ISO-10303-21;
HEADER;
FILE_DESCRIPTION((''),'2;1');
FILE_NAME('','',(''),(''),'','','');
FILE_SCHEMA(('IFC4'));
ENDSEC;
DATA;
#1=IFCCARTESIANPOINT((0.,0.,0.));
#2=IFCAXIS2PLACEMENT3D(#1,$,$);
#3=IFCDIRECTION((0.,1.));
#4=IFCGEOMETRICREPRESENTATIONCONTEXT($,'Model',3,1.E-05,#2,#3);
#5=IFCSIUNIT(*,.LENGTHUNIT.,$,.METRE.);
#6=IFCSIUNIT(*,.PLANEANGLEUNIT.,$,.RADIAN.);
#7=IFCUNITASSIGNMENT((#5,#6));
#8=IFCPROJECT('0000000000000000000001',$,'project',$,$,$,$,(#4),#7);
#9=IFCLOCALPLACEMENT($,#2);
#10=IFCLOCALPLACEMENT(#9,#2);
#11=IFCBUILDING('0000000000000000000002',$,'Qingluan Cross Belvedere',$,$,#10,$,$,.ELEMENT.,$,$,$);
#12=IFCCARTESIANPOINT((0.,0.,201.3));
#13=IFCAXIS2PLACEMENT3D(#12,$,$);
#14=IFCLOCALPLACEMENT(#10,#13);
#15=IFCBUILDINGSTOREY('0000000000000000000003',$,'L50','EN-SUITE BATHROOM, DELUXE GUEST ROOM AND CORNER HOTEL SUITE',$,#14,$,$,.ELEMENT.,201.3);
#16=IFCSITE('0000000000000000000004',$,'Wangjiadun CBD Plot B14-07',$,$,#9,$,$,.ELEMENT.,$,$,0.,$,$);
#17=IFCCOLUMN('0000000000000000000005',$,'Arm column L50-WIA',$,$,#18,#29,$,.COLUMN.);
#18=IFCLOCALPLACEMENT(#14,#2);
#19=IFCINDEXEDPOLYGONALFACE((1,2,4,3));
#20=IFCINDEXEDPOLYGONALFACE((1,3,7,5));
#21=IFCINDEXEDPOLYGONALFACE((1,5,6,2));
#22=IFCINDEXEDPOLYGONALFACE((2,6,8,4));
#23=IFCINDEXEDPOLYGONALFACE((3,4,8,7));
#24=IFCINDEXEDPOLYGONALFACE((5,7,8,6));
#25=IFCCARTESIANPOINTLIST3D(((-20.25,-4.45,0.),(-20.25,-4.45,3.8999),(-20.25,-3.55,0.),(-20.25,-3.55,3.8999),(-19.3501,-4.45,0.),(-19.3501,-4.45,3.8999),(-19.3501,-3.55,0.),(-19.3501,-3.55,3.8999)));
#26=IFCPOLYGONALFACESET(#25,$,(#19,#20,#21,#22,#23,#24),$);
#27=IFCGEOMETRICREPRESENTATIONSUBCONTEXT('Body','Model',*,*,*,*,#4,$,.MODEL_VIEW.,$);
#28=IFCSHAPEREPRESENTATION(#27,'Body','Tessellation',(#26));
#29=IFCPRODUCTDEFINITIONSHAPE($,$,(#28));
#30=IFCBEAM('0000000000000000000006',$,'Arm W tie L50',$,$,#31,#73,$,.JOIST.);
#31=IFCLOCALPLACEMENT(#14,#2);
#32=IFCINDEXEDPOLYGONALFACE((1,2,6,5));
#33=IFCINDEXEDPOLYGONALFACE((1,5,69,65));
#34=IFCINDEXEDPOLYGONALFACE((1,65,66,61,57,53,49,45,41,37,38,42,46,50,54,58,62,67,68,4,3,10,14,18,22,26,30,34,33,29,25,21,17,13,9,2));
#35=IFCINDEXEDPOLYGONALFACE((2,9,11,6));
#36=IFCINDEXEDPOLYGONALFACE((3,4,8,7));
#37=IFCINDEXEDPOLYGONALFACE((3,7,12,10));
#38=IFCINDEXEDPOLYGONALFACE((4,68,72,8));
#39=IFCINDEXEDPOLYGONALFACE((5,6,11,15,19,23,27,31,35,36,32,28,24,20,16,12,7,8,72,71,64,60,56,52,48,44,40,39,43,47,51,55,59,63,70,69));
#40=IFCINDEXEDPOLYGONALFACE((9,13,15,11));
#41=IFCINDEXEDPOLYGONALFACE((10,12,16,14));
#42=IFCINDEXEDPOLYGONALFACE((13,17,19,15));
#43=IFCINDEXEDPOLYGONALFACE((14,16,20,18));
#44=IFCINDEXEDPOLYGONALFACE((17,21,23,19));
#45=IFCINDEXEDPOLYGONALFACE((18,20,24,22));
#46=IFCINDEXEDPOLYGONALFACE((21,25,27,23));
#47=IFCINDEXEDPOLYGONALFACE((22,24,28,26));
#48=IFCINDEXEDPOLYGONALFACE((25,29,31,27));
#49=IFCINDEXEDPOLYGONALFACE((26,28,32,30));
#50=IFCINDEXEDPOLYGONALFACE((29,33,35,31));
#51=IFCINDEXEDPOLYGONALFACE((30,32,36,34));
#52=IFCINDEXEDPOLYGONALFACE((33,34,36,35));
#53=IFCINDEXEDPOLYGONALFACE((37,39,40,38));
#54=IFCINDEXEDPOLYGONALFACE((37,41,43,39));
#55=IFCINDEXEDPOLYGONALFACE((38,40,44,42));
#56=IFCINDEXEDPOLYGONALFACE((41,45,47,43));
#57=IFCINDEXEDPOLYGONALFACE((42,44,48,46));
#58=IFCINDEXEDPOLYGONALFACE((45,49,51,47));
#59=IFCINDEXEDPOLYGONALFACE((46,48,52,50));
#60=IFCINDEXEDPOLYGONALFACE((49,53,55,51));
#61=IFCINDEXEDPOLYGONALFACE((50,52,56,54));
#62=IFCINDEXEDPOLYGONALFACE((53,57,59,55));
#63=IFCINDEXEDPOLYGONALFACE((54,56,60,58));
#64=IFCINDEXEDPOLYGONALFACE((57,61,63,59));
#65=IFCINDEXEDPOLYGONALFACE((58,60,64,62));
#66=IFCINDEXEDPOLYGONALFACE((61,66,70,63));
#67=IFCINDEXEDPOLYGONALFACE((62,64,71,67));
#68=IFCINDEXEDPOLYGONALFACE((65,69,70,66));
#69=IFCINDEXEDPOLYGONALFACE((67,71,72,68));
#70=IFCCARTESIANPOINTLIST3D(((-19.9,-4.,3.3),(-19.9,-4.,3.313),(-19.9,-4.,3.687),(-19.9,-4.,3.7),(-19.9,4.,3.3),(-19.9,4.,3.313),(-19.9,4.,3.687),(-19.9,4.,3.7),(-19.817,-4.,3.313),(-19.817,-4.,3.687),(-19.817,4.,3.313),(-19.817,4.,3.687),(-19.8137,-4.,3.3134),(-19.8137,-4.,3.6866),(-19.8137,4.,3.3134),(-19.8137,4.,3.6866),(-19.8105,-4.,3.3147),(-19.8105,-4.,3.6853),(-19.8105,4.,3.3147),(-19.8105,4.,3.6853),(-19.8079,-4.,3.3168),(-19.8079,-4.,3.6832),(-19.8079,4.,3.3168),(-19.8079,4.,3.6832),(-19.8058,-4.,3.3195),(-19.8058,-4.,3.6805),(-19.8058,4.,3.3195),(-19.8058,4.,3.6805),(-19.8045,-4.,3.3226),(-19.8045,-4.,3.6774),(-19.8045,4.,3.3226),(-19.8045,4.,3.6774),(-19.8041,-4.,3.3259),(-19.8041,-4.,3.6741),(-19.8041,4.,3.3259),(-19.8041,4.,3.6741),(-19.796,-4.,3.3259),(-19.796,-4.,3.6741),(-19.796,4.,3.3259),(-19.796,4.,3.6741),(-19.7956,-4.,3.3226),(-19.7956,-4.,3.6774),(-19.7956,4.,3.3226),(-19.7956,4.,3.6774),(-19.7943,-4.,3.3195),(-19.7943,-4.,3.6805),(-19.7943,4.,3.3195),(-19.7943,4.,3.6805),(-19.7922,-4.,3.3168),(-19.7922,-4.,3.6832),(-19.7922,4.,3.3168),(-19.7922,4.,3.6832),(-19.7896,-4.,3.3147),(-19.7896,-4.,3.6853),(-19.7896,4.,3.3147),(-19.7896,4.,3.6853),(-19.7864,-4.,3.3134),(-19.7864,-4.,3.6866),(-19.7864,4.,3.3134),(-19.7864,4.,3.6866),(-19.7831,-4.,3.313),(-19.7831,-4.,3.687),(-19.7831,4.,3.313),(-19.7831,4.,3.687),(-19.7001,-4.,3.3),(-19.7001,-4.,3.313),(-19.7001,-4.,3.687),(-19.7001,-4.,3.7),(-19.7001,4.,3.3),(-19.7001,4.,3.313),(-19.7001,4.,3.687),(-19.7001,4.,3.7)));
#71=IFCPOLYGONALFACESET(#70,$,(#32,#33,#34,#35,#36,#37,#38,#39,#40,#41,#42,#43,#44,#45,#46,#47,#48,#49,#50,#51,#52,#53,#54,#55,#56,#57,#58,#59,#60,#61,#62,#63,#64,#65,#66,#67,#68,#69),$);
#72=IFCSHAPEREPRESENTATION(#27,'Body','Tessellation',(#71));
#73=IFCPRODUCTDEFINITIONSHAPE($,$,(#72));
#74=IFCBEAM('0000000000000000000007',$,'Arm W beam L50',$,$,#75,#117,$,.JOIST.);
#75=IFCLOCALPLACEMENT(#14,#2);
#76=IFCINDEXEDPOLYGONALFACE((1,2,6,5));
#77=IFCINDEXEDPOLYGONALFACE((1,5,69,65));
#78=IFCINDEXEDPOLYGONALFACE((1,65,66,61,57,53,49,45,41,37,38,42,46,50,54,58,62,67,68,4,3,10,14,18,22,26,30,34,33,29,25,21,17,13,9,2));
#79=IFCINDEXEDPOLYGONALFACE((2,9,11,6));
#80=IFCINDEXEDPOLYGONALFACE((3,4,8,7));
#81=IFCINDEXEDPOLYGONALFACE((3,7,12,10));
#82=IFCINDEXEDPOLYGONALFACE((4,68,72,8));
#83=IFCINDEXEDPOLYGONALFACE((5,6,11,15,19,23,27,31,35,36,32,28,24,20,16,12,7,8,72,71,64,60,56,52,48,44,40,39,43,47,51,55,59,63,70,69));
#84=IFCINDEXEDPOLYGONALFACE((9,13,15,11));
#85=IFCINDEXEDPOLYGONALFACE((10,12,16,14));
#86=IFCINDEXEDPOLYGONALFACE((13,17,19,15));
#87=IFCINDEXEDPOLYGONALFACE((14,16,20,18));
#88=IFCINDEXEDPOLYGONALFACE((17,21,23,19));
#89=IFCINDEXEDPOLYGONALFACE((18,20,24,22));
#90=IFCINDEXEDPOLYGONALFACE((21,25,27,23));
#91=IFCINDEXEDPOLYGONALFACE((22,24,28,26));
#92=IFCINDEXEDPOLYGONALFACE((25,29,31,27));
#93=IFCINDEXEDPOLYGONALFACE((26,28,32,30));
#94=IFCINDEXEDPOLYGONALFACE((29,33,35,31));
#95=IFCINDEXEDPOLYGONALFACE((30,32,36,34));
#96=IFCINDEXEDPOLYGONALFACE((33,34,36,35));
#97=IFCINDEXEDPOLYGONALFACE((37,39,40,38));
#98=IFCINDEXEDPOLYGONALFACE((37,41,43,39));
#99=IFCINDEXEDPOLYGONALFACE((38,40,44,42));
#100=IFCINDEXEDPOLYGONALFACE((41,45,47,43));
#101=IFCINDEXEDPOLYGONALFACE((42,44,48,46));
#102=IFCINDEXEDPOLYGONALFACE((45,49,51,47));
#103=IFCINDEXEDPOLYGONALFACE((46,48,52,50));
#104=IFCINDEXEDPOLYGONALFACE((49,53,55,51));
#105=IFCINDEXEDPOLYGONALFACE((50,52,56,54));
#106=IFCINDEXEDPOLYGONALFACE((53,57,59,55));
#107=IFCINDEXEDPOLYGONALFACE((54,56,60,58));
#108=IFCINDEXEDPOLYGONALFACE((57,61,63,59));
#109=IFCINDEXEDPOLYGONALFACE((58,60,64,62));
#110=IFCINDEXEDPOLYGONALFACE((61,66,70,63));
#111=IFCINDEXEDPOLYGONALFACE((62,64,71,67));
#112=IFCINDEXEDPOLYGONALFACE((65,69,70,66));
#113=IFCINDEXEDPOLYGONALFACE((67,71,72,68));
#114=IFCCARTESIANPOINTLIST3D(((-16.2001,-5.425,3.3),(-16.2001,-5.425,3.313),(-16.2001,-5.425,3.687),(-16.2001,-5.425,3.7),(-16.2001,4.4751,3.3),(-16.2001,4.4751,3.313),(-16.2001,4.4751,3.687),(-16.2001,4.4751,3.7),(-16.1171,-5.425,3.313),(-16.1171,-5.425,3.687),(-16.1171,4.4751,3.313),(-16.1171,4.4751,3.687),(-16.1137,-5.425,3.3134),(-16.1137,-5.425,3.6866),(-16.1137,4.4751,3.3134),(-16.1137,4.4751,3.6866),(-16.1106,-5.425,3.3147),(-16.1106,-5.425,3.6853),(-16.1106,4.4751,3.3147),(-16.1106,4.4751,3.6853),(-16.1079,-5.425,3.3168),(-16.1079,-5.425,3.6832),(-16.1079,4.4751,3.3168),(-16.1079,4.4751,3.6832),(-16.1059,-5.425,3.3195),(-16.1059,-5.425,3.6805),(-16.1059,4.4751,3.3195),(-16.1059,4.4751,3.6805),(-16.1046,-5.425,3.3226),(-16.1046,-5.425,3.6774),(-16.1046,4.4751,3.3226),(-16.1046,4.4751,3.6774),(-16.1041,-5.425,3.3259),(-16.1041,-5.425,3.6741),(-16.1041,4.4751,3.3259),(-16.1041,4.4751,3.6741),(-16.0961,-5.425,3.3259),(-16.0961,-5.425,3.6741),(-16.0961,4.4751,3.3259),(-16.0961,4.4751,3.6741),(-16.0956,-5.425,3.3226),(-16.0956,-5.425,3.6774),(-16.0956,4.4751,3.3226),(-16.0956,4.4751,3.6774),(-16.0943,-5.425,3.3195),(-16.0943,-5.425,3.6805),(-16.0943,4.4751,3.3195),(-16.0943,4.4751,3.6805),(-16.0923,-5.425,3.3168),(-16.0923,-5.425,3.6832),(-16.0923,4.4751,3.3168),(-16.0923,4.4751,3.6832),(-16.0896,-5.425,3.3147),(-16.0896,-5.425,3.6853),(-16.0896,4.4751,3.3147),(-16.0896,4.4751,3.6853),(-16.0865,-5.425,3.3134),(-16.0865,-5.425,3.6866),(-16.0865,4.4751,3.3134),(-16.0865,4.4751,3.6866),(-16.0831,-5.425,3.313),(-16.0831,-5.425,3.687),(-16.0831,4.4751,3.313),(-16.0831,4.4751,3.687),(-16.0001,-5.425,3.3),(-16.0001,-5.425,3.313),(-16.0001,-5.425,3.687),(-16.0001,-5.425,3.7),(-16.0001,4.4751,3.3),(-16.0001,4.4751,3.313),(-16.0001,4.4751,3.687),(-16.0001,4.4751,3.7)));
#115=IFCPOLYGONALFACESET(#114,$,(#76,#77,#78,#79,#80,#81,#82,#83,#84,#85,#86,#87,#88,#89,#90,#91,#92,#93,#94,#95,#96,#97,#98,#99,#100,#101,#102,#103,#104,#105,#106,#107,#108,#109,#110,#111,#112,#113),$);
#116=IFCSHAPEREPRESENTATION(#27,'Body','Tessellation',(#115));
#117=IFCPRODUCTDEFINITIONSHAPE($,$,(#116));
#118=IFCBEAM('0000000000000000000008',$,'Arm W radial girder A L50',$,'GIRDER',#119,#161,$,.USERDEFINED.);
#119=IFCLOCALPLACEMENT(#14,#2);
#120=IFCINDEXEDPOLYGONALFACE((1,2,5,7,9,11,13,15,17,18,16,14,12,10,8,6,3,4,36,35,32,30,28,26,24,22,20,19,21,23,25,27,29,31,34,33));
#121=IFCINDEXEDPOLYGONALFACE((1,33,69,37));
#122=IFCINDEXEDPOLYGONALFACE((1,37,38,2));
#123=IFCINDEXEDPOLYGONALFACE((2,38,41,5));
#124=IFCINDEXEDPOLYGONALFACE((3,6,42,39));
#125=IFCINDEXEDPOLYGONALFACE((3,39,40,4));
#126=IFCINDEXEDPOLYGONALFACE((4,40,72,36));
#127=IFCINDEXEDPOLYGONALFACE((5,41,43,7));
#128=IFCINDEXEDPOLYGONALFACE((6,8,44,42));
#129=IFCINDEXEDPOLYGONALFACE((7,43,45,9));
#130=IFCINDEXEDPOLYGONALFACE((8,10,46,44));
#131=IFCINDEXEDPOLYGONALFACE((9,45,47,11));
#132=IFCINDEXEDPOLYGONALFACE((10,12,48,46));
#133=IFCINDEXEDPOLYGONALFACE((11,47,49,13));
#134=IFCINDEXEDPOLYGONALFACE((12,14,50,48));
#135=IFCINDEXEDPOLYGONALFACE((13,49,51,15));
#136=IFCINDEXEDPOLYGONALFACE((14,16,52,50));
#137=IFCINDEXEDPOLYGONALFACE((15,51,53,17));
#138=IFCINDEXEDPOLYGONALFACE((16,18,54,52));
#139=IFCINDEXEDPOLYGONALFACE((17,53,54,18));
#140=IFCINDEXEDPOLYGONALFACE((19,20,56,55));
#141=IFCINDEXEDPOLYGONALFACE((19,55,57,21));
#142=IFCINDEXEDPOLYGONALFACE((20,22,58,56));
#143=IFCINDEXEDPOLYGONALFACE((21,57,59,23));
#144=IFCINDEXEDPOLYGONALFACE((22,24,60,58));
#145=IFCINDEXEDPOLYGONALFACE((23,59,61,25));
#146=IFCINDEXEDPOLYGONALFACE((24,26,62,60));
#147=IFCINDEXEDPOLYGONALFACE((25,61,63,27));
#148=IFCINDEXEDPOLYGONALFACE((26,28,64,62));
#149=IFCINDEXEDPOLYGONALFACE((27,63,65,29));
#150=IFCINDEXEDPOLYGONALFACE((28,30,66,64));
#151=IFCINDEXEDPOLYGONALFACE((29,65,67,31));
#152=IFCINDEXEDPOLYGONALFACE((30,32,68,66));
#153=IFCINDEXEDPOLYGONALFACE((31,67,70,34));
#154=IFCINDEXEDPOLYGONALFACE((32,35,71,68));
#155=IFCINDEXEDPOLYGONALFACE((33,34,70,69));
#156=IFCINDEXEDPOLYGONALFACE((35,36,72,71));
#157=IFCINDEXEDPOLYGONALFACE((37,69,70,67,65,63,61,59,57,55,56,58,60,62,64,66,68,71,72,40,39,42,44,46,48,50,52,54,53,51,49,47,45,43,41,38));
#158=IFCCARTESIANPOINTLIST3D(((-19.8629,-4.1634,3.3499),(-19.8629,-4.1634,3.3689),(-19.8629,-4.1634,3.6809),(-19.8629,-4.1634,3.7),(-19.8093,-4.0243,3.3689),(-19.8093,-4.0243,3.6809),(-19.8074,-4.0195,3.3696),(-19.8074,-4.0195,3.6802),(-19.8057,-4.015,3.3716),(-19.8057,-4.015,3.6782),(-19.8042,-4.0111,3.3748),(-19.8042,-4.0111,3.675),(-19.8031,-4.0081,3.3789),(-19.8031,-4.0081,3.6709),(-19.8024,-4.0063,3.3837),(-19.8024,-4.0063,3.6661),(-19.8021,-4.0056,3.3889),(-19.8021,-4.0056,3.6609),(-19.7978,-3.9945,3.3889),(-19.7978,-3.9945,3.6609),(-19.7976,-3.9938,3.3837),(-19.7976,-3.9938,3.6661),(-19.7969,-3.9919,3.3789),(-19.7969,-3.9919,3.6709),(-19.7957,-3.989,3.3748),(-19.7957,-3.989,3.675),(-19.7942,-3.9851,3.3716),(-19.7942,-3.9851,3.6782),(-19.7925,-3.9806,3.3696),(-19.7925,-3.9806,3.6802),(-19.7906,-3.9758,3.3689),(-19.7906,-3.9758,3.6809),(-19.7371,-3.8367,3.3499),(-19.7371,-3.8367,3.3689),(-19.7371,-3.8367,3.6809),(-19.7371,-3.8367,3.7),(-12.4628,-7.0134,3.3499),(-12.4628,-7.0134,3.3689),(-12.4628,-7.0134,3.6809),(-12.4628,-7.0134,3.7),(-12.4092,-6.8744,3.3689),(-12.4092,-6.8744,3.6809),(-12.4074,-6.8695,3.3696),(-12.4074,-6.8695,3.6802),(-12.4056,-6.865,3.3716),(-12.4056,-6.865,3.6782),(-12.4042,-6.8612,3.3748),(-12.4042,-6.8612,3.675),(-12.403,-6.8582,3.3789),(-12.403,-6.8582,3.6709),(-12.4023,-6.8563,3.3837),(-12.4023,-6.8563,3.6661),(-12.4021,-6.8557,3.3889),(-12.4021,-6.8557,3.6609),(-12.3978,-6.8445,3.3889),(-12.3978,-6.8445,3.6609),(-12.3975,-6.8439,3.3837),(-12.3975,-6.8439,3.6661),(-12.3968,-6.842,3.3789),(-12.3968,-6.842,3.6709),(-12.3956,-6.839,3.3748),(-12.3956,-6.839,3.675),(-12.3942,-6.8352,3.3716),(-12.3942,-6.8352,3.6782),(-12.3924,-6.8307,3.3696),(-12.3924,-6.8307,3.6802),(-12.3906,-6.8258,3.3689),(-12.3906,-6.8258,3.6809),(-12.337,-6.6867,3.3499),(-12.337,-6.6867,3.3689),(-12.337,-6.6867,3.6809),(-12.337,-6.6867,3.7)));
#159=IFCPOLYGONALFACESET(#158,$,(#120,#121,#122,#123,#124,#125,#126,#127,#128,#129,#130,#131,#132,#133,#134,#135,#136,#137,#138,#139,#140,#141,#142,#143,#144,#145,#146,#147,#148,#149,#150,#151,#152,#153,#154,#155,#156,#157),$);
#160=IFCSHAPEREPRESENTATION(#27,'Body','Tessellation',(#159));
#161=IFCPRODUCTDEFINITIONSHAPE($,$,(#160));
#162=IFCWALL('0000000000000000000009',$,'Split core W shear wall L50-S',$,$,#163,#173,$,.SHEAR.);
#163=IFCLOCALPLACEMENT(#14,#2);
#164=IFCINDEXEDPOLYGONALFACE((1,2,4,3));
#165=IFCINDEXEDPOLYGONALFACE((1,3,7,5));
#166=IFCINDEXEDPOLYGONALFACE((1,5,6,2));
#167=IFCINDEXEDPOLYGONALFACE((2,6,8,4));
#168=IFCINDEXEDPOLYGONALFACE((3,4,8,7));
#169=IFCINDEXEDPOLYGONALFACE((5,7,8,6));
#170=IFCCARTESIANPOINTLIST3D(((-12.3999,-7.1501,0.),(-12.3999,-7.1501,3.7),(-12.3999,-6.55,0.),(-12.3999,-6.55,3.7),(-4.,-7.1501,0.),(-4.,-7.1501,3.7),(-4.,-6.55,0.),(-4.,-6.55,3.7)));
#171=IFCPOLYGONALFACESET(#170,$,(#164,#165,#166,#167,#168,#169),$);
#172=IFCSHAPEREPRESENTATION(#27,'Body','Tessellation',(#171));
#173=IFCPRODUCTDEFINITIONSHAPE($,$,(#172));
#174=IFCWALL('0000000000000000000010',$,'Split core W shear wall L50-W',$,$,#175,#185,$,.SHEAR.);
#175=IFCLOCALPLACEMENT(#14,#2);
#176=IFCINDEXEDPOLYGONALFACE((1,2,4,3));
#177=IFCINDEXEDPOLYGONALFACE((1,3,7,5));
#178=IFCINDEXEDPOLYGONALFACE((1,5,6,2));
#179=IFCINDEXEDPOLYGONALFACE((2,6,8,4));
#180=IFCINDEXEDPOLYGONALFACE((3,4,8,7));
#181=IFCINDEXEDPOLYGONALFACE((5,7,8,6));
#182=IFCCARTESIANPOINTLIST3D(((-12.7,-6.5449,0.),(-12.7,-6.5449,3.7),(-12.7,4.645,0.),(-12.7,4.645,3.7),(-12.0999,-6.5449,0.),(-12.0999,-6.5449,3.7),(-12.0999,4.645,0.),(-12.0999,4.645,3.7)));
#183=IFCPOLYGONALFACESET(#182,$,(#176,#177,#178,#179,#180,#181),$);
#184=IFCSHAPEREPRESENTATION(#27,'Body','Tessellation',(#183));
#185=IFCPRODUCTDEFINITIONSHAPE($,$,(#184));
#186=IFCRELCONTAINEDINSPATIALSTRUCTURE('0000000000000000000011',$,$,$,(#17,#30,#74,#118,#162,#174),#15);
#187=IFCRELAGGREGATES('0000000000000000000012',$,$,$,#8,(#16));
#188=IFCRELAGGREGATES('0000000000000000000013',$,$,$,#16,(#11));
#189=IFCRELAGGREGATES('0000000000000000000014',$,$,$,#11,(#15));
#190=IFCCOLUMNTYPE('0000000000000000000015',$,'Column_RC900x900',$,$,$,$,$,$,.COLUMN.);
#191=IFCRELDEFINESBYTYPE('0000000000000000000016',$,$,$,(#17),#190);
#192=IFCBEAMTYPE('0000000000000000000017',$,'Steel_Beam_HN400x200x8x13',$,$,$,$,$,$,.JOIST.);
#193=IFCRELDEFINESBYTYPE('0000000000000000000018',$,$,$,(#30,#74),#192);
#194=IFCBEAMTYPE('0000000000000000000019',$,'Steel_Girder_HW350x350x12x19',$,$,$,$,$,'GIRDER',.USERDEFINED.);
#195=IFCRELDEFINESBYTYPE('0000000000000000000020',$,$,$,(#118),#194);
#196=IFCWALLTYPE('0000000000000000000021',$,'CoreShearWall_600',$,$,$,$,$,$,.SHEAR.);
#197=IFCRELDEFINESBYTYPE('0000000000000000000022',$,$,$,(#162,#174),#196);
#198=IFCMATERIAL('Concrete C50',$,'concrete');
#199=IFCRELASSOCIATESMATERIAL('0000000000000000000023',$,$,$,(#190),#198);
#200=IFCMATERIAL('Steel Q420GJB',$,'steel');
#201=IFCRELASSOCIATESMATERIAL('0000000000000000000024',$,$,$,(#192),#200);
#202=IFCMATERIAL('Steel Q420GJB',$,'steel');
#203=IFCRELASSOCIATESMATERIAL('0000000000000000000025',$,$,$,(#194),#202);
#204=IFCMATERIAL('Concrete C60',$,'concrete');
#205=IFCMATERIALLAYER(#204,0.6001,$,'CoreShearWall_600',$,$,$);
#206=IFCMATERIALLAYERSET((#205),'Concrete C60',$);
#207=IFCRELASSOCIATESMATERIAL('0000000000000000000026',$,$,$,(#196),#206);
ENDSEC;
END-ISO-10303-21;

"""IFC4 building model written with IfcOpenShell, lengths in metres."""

from ifc_helpers import new_model, si_unit, direction, frame, frame_2d, origin, origin_2d, place, context, subcontext, project, spatial, rectangle, i_section, extrude, material, layer, layer_set, material_profile, profile_set, type_object, element, save


model = new_model("IFC4")

# Units and contexts
model_context = context("Model", 3, precision=1e-05, world=origin(), true_north=direction((0.0, 1.0)))
body_context = subcontext(model_context, "Body", "Model", "MODEL_VIEW")
ifc_project = project(units=[si_unit("LENGTHUNIT", "METRE"), si_unit("PLANEANGLEUNIT", "RADIAN")], contexts=[model_context])

# Site, building, storey
site_placement = place(None, origin())
site = spatial("IfcSite", under=ifc_project, at=site_placement, Name="Wangjiadun CBD Plot B14-07", CompositionType="ELEMENT", RefElevation=0.0)
building_placement = place(site_placement, origin())
building = spatial("IfcBuilding", under=site, at=building_placement, Name="Qingluan Cross Belvedere", CompositionType="ELEMENT")
storey_placement = place(building_placement, frame((0.0, 0.0, 201.3)))
storey = spatial("IfcBuildingStorey", under=building, at=storey_placement, Name="L50", Description="EN-SUITE BATHROOM, DELUXE GUEST ROOM AND CORNER HOTEL SUITE", CompositionType="ELEMENT", Elevation=201.3)

# Column
ifc_material_1 = material(Name="Concrete C50", Category="concrete")
ifc_material_profile_1 = material_profile(ifc_material_1, rectangle(XDim=0.8999, YDim=0.8999, at=origin_2d()), Name="RC900x900")
ifc_profile_set_1 = profile_set([ifc_material_profile_1], Name="Concrete C50")
column_type = type_object("IfcColumnType", Name="Column_RC900x900", PredefinedType="COLUMN", material=ifc_profile_set_1)
column_placement = place(storey_placement, frame((-19.8, -4.0, 0.0), z_axis=(0.0, 0.0, 1.0), x_axis=(1.0, 0.0, 0.0)))
element("IfcColumn", 1, at=column_placement, inside=storey, type_object=column_type, Name="Arm column L50-WIA", PredefinedType="COLUMN", context=body_context, shape_type="SweptSolid", body=[
    extrude(rectangle(XDim=0.8999, YDim=0.8999, at=origin_2d()), origin(), (0.0, 0.0, 1.0), 3.8999),
])

# Beams
ifc_material_2 = material(Name="Steel Q420GJB", Category="steel")
ifc_material_profile_2 = material_profile(ifc_material_2, i_section(OverallWidth=0.2, OverallDepth=0.3999, WebThickness=0.0081, FlangeThickness=0.0129, FilletRadius=0.0129, at=origin_2d()), Name="HN400x200x8x13")
ifc_profile_set_2 = profile_set([ifc_material_profile_2], Name="Steel Q420GJB")
beam_type_1 = type_object("IfcBeamType", Name="Steel_Beam_HN400x200x8x13", PredefinedType="JOIST", material=ifc_profile_set_2)
beam_1_placement = place(storey_placement, frame((-19.8, -4.0, 3.5), z_axis=(0.0, 1.0, 0.0), x_axis=(-1.0, 0.0, 0.0)))
element("IfcBeam", 2, at=beam_1_placement, inside=storey, type_object=beam_type_1, Name="Arm W tie L50", PredefinedType="JOIST", context=body_context, shape_type="SweptSolid", body=[
    extrude(i_section(OverallWidth=0.2, OverallDepth=0.3999, WebThickness=0.0081, FlangeThickness=0.0129, FilletRadius=0.0129, at=origin_2d()), origin(), (0.0, 0.0, 1.0), 8.0),
])
beam_2_placement = place(storey_placement, frame((-16.1001, -5.425, 3.5), z_axis=(0.0, 1.0, 0.0), x_axis=(-1.0, 0.0, 0.0)))
element("IfcBeam", 3, at=beam_2_placement, inside=storey, type_object=beam_type_1, Name="Arm W beam L50", PredefinedType="JOIST", context=body_context, shape_type="SweptSolid", body=[
    extrude(i_section(OverallWidth=0.2, OverallDepth=0.3999, WebThickness=0.0081, FlangeThickness=0.0129, FilletRadius=0.0129, at=origin_2d()), origin(), (0.0, 0.0, 1.0), 9.9001),
])
ifc_material_3 = material(Name="Steel Q420GJB", Category="steel")
ifc_material_profile_3 = material_profile(ifc_material_3, i_section(OverallWidth=0.3501, OverallDepth=0.3501, WebThickness=0.012, FlangeThickness=0.019, FilletRadius=0.02, at=origin_2d()), Name="HW350x350x12x19")
ifc_profile_set_3 = profile_set([ifc_material_profile_3], Name="Steel Q420GJB")
beam_type_2 = type_object("IfcBeamType", Name="Steel_Girder_HW350x350x12x19", ElementType="GIRDER", PredefinedType="USERDEFINED", material=ifc_profile_set_3)
beam_3_placement = place(storey_placement, frame((-12.3999, -6.8501, 3.5249), z_axis=(-0.933181, 0.359406, 0.0), x_axis=(-0.359406, -0.933181, 0.0)))
element("IfcBeam", 4, at=beam_3_placement, inside=storey, type_object=beam_type_2, Name="Arm W radial girder A L50", ObjectType="GIRDER", PredefinedType="USERDEFINED", context=body_context, shape_type="SweptSolid", body=[
    extrude(i_section(OverallWidth=0.3501, OverallDepth=0.3501, WebThickness=0.012, FlangeThickness=0.019, FilletRadius=0.02, at=origin_2d()), origin(), (0.0, 0.0, 1.0), 7.9299),
])

# Walls
ifc_material_4 = material(Name="Concrete C60", Category="concrete")
ifc_layer_1 = layer(ifc_material_4, 0.6001, Name="CoreShearWall_600")
ifc_layer_set_1 = layer_set([ifc_layer_1], Name="Concrete C60")
wall_type_1 = type_object("IfcWallType", Name="CoreShearWall_600", PredefinedType="SHEAR", material=ifc_layer_set_1)
wall_1_placement = place(storey_placement, frame((-12.3999, -6.8501, 0.0), z_axis=(0.0, 0.0, 1.0), x_axis=(1.0, 0.0, 0.0)))
element("IfcWall", 5, at=wall_1_placement, inside=storey, type_object=wall_type_1, Name="Split core W shear wall L50-S", PredefinedType="SHEAR", context=body_context, shape_type="SweptSolid", body=[
    extrude(rectangle(XDim=8.3999, YDim=0.6001, at=frame_2d((4.2, 0.0))), origin(), (0.0, 0.0, 1.0), 3.7),
])
wall_2_placement = place(storey_placement, frame((-12.3999, -6.5449, 0.0), z_axis=(0.0, 0.0, 1.0), x_axis=(0.0, 1.0, 0.0)))
element("IfcWall", 6, at=wall_2_placement, inside=storey, type_object=wall_type_1, Name="Split core W shear wall L50-W", PredefinedType="SHEAR", context=body_context, shape_type="SweptSolid", body=[
    extrude(rectangle(XDim=11.1899, YDim=0.6001, at=frame_2d((5.595, 0.0))), origin(), (0.0, 0.0, 1.0), 3.7),
])

save(model, "model.ifc")
